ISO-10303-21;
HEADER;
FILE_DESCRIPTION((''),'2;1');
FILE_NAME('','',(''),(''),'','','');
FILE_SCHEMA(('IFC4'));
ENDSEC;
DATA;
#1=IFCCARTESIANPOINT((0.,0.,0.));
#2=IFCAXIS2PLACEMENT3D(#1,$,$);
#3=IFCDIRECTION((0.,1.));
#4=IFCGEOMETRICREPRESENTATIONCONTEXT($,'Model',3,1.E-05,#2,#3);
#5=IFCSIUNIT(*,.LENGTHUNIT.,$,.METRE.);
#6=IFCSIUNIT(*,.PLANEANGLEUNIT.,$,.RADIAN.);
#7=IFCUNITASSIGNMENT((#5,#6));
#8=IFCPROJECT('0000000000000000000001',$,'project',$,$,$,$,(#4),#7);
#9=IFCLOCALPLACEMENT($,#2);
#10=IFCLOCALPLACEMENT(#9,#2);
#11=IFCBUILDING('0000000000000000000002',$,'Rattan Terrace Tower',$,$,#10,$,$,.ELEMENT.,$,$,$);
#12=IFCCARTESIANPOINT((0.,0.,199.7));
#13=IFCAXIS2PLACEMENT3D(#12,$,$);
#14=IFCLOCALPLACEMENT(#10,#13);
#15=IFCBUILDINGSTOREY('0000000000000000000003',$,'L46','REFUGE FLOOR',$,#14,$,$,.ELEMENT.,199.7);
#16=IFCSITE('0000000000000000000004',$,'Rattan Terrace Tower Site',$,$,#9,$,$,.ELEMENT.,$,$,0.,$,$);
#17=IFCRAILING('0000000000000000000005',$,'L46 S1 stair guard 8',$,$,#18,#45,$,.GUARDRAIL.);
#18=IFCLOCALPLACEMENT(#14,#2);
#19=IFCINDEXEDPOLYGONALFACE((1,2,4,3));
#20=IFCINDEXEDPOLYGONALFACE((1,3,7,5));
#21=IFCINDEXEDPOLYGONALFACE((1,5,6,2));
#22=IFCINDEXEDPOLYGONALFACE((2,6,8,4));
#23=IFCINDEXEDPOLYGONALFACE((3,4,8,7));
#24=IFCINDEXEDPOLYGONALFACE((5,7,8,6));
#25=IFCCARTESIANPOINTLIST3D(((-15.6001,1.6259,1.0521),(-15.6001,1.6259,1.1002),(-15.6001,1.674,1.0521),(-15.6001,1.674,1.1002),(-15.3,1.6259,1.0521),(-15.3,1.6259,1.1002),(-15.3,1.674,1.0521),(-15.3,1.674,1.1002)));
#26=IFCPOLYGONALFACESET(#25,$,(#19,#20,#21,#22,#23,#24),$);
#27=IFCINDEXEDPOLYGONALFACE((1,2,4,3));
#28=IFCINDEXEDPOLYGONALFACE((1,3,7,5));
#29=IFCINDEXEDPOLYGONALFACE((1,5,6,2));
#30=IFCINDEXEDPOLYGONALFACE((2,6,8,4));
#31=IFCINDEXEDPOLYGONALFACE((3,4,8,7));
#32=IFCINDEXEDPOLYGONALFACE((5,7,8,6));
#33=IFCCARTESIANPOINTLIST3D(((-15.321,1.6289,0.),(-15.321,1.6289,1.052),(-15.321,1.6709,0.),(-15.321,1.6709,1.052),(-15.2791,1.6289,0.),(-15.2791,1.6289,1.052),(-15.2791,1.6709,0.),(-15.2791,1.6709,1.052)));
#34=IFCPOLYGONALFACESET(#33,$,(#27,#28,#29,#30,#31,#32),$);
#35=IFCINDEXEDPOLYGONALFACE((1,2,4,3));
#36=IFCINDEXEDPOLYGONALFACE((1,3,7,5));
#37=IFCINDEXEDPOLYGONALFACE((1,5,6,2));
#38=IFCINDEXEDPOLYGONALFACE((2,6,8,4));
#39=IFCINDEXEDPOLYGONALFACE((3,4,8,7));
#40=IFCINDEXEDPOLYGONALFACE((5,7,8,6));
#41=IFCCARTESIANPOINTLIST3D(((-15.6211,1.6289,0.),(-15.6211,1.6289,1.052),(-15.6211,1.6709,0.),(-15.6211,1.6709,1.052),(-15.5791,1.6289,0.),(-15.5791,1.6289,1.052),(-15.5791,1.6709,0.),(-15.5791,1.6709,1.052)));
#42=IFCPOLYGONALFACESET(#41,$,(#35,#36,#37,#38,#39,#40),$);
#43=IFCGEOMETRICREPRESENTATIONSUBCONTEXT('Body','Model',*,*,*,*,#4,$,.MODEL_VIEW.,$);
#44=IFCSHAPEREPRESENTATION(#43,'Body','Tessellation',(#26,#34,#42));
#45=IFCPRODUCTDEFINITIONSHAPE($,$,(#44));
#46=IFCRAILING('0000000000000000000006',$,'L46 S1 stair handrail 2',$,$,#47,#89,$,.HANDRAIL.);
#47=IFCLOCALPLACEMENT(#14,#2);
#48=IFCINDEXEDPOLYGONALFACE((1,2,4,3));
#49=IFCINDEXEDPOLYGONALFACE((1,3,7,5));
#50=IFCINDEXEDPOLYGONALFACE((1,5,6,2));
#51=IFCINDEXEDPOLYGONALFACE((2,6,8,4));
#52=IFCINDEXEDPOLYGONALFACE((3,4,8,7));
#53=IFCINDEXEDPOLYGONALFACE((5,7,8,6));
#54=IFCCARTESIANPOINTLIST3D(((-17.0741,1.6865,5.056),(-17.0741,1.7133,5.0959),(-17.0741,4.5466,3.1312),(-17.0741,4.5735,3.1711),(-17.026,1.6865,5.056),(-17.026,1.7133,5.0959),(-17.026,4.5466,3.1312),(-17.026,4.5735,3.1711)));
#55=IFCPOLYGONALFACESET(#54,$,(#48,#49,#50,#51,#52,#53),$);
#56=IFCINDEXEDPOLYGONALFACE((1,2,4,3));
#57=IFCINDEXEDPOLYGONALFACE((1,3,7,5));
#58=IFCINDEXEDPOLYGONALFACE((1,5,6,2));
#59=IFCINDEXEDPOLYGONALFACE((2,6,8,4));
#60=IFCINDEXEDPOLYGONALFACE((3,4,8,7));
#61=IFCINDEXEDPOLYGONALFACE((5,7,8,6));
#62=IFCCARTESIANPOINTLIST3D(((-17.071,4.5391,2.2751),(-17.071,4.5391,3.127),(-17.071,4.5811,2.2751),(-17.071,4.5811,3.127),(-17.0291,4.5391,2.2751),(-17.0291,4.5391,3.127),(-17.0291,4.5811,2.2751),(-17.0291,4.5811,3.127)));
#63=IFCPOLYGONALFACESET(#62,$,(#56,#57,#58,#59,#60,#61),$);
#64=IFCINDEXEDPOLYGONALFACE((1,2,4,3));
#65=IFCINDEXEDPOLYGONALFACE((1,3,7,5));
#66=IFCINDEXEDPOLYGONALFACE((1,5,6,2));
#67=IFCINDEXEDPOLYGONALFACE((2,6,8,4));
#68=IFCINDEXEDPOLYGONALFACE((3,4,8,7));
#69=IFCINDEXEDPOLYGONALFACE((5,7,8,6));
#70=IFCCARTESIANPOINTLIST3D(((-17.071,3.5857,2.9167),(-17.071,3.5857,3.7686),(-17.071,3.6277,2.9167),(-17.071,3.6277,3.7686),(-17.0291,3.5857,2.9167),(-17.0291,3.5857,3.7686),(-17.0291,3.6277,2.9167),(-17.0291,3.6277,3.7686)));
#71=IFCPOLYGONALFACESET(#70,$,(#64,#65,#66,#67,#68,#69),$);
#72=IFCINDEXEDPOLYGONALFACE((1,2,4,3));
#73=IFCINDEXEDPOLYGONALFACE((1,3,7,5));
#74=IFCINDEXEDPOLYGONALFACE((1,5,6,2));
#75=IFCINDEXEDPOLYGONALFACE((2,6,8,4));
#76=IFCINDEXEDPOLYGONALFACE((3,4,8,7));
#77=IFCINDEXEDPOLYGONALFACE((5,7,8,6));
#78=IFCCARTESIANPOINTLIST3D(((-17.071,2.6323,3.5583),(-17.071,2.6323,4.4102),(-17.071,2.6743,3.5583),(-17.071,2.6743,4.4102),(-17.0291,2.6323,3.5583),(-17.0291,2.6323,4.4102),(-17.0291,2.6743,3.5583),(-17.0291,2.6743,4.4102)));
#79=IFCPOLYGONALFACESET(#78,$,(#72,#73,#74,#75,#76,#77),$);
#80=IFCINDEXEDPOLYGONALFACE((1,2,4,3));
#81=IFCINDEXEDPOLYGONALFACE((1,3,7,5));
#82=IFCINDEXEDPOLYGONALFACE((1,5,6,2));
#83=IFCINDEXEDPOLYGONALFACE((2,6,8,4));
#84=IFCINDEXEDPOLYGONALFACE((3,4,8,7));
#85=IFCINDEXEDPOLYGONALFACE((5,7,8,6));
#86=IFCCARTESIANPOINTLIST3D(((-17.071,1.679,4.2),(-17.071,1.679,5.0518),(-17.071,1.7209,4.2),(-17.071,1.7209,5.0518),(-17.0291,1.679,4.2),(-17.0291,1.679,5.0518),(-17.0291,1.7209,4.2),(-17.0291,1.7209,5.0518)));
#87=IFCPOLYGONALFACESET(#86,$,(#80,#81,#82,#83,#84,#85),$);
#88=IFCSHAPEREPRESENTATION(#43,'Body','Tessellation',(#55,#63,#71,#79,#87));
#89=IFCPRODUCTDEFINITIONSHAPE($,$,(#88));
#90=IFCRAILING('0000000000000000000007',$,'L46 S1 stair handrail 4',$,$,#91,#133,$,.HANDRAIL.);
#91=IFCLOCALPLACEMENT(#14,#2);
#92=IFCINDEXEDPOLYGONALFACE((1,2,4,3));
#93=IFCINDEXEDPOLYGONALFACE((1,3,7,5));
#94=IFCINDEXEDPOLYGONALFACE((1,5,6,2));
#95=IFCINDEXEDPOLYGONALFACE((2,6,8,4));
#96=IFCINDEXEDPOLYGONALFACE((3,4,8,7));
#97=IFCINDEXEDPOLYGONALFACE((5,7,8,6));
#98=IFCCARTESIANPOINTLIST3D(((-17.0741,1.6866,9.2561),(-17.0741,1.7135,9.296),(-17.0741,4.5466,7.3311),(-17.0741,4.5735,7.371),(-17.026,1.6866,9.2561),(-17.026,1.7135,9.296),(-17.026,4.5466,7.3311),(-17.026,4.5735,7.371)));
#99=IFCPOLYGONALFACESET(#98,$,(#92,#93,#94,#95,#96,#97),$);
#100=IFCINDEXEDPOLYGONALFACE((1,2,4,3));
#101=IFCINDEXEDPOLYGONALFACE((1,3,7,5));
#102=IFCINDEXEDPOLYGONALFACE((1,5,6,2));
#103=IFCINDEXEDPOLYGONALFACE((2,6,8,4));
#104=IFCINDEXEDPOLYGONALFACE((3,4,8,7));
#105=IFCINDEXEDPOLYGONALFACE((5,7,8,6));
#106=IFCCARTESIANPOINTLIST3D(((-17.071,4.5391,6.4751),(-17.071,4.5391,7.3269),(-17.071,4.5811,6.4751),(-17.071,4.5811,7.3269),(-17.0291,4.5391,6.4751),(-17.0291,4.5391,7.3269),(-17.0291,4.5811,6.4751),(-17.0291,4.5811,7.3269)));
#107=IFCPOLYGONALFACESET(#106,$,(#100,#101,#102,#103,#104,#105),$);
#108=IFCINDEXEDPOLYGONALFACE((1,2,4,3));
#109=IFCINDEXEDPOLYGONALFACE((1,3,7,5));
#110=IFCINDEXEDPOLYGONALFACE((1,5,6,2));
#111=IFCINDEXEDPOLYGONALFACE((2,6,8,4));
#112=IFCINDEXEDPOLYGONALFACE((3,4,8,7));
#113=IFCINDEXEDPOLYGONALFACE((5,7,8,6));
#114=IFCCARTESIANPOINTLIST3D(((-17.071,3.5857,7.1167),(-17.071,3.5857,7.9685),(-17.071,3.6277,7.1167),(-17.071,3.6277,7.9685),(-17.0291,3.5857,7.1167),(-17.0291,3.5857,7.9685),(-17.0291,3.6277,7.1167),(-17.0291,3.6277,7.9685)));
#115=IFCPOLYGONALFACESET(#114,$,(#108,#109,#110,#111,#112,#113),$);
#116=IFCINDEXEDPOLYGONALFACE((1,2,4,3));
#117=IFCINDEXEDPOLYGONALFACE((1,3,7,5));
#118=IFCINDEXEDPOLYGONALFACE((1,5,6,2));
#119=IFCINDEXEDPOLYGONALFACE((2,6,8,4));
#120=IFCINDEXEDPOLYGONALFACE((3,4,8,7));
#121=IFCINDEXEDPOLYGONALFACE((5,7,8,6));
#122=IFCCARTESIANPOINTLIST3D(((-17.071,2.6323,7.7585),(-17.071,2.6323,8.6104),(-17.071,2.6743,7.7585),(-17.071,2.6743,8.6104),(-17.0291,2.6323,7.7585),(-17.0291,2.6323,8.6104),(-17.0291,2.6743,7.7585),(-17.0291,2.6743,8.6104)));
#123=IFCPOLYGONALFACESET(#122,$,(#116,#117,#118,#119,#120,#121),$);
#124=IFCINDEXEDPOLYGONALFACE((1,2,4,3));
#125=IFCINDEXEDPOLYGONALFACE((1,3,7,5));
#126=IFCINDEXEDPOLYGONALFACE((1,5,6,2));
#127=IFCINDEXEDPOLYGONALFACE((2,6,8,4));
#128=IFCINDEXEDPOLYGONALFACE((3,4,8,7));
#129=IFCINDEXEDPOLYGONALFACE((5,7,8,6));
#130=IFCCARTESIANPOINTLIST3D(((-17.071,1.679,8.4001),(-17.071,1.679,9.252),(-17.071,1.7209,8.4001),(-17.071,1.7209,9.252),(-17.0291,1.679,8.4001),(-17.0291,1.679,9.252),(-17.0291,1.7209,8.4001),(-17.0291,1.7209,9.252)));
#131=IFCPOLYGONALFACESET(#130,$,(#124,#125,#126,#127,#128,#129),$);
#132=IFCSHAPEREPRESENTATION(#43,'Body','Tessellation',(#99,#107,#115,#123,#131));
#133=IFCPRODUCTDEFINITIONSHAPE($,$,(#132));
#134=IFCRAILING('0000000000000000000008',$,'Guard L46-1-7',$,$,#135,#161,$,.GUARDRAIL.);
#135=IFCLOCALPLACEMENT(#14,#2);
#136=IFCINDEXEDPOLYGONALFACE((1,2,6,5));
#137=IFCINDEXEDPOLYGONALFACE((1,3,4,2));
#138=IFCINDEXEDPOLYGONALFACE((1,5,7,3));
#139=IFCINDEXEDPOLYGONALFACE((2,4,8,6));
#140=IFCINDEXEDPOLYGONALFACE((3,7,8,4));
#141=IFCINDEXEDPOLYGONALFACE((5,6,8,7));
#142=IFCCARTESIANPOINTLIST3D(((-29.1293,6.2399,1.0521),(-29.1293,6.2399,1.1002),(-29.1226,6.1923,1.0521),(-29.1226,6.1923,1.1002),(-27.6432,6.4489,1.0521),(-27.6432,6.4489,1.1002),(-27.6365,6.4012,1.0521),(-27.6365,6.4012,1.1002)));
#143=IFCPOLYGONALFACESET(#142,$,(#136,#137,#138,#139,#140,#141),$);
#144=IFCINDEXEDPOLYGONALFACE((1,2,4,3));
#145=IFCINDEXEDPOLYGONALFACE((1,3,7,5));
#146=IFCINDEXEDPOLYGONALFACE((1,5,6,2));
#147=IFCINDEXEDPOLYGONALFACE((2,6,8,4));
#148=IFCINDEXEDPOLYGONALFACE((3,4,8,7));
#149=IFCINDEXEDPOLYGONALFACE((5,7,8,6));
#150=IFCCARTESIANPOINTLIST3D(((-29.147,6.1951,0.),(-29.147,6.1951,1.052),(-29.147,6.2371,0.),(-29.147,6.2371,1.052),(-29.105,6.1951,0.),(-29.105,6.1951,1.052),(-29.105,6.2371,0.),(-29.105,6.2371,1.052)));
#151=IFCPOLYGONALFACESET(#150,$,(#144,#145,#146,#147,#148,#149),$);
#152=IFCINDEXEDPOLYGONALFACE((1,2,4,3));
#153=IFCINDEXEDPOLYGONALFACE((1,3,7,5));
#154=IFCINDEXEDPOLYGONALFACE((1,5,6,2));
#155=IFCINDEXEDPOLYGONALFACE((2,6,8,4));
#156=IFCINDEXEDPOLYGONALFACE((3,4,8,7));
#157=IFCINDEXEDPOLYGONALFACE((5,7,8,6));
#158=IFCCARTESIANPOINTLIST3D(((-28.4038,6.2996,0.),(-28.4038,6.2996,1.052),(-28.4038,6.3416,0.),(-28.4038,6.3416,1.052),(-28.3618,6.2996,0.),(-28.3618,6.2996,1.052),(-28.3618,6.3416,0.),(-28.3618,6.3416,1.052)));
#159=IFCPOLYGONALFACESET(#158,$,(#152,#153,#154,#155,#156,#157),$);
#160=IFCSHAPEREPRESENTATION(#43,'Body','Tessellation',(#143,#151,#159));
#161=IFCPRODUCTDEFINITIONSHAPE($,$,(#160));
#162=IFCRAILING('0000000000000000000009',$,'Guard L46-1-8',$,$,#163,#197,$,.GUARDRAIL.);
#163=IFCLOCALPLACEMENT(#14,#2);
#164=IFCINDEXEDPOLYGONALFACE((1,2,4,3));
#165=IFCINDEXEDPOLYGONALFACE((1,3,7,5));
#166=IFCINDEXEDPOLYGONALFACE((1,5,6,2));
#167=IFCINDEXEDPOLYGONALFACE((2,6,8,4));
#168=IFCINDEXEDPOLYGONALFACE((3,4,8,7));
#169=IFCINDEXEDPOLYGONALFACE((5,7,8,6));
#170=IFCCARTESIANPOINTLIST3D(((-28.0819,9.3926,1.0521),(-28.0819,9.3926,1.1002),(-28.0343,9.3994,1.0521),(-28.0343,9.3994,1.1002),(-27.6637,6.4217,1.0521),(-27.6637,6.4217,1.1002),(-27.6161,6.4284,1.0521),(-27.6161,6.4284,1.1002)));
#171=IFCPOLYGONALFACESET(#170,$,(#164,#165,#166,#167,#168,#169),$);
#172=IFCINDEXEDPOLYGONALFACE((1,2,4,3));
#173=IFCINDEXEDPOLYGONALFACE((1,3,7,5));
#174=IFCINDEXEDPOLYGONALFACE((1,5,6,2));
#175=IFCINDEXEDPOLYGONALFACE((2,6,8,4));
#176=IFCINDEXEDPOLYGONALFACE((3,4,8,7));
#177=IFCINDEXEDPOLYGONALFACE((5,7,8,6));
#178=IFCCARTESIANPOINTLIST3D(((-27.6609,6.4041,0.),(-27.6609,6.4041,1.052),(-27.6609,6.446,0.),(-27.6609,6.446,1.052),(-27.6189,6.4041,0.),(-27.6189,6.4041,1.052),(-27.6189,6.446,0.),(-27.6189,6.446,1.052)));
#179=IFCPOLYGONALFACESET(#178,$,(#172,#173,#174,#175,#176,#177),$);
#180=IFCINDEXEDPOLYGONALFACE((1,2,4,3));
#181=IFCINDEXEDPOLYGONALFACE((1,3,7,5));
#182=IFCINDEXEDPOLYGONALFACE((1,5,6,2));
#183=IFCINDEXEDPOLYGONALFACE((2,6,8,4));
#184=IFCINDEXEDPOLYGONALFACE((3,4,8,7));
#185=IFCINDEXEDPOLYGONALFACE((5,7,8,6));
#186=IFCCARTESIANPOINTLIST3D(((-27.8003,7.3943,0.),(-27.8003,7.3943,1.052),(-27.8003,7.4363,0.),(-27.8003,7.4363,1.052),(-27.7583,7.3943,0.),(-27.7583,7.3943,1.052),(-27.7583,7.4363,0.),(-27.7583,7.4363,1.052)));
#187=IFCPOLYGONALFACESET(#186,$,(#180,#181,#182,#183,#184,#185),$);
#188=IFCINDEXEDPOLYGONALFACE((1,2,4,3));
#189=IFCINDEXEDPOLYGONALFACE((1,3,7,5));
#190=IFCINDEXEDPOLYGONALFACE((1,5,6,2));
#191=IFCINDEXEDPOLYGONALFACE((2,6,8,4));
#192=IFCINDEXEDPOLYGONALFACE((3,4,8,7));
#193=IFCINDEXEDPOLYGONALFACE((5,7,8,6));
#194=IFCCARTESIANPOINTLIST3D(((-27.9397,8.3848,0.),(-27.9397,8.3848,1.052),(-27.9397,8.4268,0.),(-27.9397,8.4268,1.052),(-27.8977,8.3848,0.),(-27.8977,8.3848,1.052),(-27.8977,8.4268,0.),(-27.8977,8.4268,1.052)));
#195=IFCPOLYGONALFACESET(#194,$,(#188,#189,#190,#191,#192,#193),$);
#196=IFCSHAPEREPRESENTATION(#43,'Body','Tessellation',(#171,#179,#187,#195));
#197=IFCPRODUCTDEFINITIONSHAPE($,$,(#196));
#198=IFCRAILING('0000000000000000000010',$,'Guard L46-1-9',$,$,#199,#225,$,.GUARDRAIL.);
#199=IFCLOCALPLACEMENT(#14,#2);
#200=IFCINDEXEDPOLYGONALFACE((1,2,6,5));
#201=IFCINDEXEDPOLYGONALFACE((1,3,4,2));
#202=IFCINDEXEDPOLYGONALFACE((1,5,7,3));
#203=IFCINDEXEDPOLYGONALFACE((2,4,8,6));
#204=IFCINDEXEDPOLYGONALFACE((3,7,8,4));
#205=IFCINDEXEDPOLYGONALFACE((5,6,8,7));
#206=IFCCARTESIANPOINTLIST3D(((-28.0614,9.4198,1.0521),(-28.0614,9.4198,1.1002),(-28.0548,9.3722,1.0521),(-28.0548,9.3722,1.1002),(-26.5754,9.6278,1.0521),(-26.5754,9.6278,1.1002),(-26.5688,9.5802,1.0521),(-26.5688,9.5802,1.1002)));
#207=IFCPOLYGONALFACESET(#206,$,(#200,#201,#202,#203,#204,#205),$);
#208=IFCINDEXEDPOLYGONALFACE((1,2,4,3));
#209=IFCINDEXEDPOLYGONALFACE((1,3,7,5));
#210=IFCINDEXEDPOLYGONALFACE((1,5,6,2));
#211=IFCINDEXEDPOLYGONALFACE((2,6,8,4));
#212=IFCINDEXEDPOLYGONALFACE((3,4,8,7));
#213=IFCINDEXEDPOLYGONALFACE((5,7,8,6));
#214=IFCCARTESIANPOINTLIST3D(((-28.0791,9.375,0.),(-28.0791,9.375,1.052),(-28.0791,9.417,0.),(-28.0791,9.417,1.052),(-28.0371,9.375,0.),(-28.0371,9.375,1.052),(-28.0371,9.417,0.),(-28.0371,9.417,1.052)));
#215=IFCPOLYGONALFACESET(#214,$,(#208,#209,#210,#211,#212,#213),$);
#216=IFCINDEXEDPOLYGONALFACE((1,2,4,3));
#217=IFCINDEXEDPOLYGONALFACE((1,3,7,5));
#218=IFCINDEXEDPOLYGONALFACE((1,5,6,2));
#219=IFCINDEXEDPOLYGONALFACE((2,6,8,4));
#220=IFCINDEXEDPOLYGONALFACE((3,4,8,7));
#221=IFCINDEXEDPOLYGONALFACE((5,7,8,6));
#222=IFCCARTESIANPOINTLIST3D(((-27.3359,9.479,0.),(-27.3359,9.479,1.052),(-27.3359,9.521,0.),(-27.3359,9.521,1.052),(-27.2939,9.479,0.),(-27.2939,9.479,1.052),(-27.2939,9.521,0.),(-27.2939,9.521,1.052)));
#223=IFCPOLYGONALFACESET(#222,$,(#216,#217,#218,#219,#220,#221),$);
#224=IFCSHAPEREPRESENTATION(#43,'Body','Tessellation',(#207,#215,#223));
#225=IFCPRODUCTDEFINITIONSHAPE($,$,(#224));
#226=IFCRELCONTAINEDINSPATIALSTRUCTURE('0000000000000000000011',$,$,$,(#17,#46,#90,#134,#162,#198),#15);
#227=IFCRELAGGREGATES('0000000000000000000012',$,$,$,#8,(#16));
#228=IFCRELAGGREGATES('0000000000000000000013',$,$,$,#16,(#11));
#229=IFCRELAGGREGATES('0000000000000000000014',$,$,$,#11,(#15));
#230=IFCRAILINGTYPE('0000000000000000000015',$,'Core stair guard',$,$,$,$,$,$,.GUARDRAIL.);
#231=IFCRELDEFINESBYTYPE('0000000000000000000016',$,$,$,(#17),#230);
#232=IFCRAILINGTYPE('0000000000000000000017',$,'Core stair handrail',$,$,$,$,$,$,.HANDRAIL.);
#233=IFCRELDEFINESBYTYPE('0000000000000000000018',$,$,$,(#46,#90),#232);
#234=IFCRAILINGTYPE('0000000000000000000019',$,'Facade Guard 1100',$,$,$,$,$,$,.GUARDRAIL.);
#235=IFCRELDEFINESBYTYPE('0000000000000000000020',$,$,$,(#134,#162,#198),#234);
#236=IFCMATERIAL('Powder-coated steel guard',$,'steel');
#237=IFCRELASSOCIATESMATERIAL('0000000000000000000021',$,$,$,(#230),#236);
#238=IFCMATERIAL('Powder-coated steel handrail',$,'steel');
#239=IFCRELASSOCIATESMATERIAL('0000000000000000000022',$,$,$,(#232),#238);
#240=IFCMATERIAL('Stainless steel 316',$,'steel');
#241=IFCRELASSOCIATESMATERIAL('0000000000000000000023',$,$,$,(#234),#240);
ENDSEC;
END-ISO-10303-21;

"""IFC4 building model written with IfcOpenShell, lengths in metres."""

from ifc_helpers import new_model, si_unit, direction, frame, origin, origin_2d, place, context, subcontext, project, spatial, rectangle, extrude, material, type_object, element, save


model = new_model("IFC4")

# Units and contexts
model_context = context("Model", 3, precision=1e-05, world=origin(), true_north=direction((0.0, 1.0)))
body_context = subcontext(model_context, "Body", "Model", "MODEL_VIEW")
ifc_project = project(units=[si_unit("LENGTHUNIT", "METRE"), si_unit("PLANEANGLEUNIT", "RADIAN")], contexts=[model_context])

# Site, building, storey
site_placement = place(None, origin())
site = spatial("IfcSite", under=ifc_project, at=site_placement, Name="Rattan Terrace Tower Site", CompositionType="ELEMENT", RefElevation=0.0)
building_placement = place(site_placement, origin())
building = spatial("IfcBuilding", under=site, at=building_placement, Name="Rattan Terrace Tower", CompositionType="ELEMENT")
storey_placement = place(building_placement, frame((0.0, 0.0, 199.7)))
storey = spatial("IfcBuildingStorey", under=building, at=storey_placement, Name="L46", Description="REFUGE FLOOR", CompositionType="ELEMENT", Elevation=199.7)

# Railings
ifc_material_1 = material(Name="Powder-coated steel guard", Category="steel")
railing_type_1 = type_object("IfcRailingType", Name="Core stair guard", PredefinedType="GUARDRAIL", material=ifc_material_1)
railing_1_placement = place(storey_placement, frame((-15.3, 1.6499, 0.0)))
element("IfcRailing", 1, at=railing_1_placement, inside=storey, type_object=railing_type_1, Name="L46 S1 stair guard 8", PredefinedType="GUARDRAIL", context=body_context, shape_type="SweptSolid", body=[
    extrude(rectangle(XDim=0.0481, YDim=0.0481, at=origin_2d()), frame((0.0, 0.0, 1.0762), z_axis=(-1.0, 0.0, 0.0), x_axis=(0.0, -1.0, 0.0)), (0.0, 0.0, 1.0), 0.3),
    extrude(rectangle(XDim=0.042, YDim=0.042, at=origin_2d()), origin(), (0.0, 0.0, 1.0), 1.052),
    extrude(rectangle(XDim=0.042, YDim=0.042, at=origin_2d()), frame((-0.3, 0.0, 0.0)), (0.0, 0.0, 1.0), 1.052),
])
ifc_material_2 = material(Name="Powder-coated steel handrail", Category="steel")
railing_type_2 = type_object("IfcRailingType", Name="Core stair handrail", PredefinedType="HANDRAIL", material=ifc_material_2)
railing_2_placement = place(storey_placement, frame((-17.05, 4.5601, 2.2751)))
element("IfcRailing", 2, at=railing_2_placement, inside=storey, type_object=railing_type_2, Name="L46 S1 stair handrail 2", PredefinedType="HANDRAIL", context=body_context, shape_type="SweptSolid", body=[
    extrude(rectangle(XDim=0.0481, YDim=0.0481, at=origin_2d()), frame((0.0, 0.0, 0.876), z_axis=(0.0, -0.829624, 0.558323), x_axis=(1.0, 0.0, 0.0)), (0.0, 0.0, 1.0), 3.4475),
    extrude(rectangle(XDim=0.042, YDim=0.042, at=origin_2d()), origin(), (0.0, 0.0, 1.0), 0.8518),
    extrude(rectangle(XDim=0.042, YDim=0.042, at=origin_2d()), frame((0.0, -0.9534, 0.6416)), (0.0, 0.0, 1.0), 0.8518),
    extrude(rectangle(XDim=0.042, YDim=0.042, at=origin_2d()), frame((0.0, -1.9067, 1.2832)), (0.0, 0.0, 1.0), 0.8518),
    extrude(rectangle(XDim=0.042, YDim=0.042, at=origin_2d()), frame((0.0, -2.8601, 1.9248)), (0.0, 0.0, 1.0), 0.8518),
])
railing_3_placement = place(storey_placement, frame((-17.05, 4.5601, 6.4751)))
element("IfcRailing", 3, at=railing_3_placement, inside=storey, type_object=railing_type_2, Name="L46 S1 stair handrail 4", PredefinedType="HANDRAIL", context=body_context, shape_type="SweptSolid", body=[
    extrude(rectangle(XDim=0.0481, YDim=0.0481, at=origin_2d()), frame((0.0, 0.0, 0.876), z_axis=(0.0, -0.829591, 0.558372), x_axis=(1.0, 0.0, 0.0)), (0.0, 0.0, 1.0), 3.4475),
    extrude(rectangle(XDim=0.042, YDim=0.042, at=origin_2d()), origin(), (0.0, 0.0, 1.0), 0.8518),
    extrude(rectangle(XDim=0.042, YDim=0.042, at=origin_2d()), frame((0.0, -0.9534, 0.6416)), (0.0, 0.0, 1.0), 0.8518),
    extrude(rectangle(XDim=0.042, YDim=0.042, at=origin_2d()), frame((0.0, -1.9067, 1.2834)), (0.0, 0.0, 1.0), 0.8518),
    extrude(rectangle(XDim=0.042, YDim=0.042, at=origin_2d()), frame((0.0, -2.8601, 1.925)), (0.0, 0.0, 1.0), 0.8518),
])
ifc_material_3 = material(Name="Stainless steel 316", Category="steel")
railing_type_3 = type_object("IfcRailingType", Name="Facade Guard 1100", PredefinedType="GUARDRAIL", material=ifc_material_3)
railing_4_placement = place(storey_placement, frame((-29.126, 6.2161, 0.0)))
element("IfcRailing", 4, at=railing_4_placement, inside=storey, type_object=railing_type_3, Name="Guard L46-1-7", PredefinedType="GUARDRAIL", context=body_context, shape_type="SweptSolid", body=[
    extrude(rectangle(XDim=0.0481, YDim=0.0481, at=origin_2d()), frame((0.0, 0.0, 1.0762), z_axis=(0.990256, 0.139257, 0.0), x_axis=(-0.139257, 0.990256, 0.0)), (0.0, 0.0, 1.0), 1.5007),
    extrude(rectangle(XDim=0.042, YDim=0.042, at=origin_2d()), origin(), (0.0, 0.0, 1.0), 1.052),
    extrude(rectangle(XDim=0.042, YDim=0.042, at=origin_2d()), frame((0.7432, 0.1045, 0.0)), (0.0, 0.0, 1.0), 1.052),
])
railing_5_placement = place(storey_placement, frame((-27.6399, 6.425, 0.0)))
element("IfcRailing", 5, at=railing_5_placement, inside=storey, type_object=railing_type_3, Name="Guard L46-1-8", PredefinedType="GUARDRAIL", context=body_context, shape_type="SweptSolid", body=[
    extrude(rectangle(XDim=0.0481, YDim=0.0481, at=origin_2d()), frame((0.0, 0.0, 1.0762), z_axis=(-0.139393, 0.990237, 0.0), x_axis=(-0.990237, -0.139393, 0.0)), (0.0, 0.0, 1.0), 3.0002),
    extrude(rectangle(XDim=0.042, YDim=0.042, at=origin_2d()), origin(), (0.0, 0.0, 1.0), 1.052),
    extrude(rectangle(XDim=0.042, YDim=0.042, at=origin_2d()), frame((-0.1394, 0.9902, 0.0)), (0.0, 0.0, 1.0), 1.052),
    extrude(rectangle(XDim=0.042, YDim=0.042, at=origin_2d()), frame((-0.2788, 1.9807, 0.0)), (0.0, 0.0, 1.0), 1.052),
])
railing_6_placement = place(storey_placement, frame((-28.0581, 9.396, 0.0)))
element("IfcRailing", 6, at=railing_6_placement, inside=storey, type_object=railing_type_3, Name="Guard L46-1-9", PredefinedType="GUARDRAIL", context=body_context, shape_type="SweptSolid", body=[
    extrude(rectangle(XDim=0.0481, YDim=0.0481, at=origin_2d()), frame((0.0, 0.0, 1.0762), z_axis=(0.990346, 0.138619, 0.0), x_axis=(-0.138619, 0.990346, 0.0)), (0.0, 0.0, 1.0), 1.5005),
    extrude(rectangle(XDim=0.042, YDim=0.042, at=origin_2d()), origin(), (0.0, 0.0, 1.0), 1.052),
    extrude(rectangle(XDim=0.042, YDim=0.042, at=origin_2d()), frame((0.7432, 0.104, 0.0)), (0.0, 0.0, 1.0), 1.052),
])

save(model, "model.ifc")
